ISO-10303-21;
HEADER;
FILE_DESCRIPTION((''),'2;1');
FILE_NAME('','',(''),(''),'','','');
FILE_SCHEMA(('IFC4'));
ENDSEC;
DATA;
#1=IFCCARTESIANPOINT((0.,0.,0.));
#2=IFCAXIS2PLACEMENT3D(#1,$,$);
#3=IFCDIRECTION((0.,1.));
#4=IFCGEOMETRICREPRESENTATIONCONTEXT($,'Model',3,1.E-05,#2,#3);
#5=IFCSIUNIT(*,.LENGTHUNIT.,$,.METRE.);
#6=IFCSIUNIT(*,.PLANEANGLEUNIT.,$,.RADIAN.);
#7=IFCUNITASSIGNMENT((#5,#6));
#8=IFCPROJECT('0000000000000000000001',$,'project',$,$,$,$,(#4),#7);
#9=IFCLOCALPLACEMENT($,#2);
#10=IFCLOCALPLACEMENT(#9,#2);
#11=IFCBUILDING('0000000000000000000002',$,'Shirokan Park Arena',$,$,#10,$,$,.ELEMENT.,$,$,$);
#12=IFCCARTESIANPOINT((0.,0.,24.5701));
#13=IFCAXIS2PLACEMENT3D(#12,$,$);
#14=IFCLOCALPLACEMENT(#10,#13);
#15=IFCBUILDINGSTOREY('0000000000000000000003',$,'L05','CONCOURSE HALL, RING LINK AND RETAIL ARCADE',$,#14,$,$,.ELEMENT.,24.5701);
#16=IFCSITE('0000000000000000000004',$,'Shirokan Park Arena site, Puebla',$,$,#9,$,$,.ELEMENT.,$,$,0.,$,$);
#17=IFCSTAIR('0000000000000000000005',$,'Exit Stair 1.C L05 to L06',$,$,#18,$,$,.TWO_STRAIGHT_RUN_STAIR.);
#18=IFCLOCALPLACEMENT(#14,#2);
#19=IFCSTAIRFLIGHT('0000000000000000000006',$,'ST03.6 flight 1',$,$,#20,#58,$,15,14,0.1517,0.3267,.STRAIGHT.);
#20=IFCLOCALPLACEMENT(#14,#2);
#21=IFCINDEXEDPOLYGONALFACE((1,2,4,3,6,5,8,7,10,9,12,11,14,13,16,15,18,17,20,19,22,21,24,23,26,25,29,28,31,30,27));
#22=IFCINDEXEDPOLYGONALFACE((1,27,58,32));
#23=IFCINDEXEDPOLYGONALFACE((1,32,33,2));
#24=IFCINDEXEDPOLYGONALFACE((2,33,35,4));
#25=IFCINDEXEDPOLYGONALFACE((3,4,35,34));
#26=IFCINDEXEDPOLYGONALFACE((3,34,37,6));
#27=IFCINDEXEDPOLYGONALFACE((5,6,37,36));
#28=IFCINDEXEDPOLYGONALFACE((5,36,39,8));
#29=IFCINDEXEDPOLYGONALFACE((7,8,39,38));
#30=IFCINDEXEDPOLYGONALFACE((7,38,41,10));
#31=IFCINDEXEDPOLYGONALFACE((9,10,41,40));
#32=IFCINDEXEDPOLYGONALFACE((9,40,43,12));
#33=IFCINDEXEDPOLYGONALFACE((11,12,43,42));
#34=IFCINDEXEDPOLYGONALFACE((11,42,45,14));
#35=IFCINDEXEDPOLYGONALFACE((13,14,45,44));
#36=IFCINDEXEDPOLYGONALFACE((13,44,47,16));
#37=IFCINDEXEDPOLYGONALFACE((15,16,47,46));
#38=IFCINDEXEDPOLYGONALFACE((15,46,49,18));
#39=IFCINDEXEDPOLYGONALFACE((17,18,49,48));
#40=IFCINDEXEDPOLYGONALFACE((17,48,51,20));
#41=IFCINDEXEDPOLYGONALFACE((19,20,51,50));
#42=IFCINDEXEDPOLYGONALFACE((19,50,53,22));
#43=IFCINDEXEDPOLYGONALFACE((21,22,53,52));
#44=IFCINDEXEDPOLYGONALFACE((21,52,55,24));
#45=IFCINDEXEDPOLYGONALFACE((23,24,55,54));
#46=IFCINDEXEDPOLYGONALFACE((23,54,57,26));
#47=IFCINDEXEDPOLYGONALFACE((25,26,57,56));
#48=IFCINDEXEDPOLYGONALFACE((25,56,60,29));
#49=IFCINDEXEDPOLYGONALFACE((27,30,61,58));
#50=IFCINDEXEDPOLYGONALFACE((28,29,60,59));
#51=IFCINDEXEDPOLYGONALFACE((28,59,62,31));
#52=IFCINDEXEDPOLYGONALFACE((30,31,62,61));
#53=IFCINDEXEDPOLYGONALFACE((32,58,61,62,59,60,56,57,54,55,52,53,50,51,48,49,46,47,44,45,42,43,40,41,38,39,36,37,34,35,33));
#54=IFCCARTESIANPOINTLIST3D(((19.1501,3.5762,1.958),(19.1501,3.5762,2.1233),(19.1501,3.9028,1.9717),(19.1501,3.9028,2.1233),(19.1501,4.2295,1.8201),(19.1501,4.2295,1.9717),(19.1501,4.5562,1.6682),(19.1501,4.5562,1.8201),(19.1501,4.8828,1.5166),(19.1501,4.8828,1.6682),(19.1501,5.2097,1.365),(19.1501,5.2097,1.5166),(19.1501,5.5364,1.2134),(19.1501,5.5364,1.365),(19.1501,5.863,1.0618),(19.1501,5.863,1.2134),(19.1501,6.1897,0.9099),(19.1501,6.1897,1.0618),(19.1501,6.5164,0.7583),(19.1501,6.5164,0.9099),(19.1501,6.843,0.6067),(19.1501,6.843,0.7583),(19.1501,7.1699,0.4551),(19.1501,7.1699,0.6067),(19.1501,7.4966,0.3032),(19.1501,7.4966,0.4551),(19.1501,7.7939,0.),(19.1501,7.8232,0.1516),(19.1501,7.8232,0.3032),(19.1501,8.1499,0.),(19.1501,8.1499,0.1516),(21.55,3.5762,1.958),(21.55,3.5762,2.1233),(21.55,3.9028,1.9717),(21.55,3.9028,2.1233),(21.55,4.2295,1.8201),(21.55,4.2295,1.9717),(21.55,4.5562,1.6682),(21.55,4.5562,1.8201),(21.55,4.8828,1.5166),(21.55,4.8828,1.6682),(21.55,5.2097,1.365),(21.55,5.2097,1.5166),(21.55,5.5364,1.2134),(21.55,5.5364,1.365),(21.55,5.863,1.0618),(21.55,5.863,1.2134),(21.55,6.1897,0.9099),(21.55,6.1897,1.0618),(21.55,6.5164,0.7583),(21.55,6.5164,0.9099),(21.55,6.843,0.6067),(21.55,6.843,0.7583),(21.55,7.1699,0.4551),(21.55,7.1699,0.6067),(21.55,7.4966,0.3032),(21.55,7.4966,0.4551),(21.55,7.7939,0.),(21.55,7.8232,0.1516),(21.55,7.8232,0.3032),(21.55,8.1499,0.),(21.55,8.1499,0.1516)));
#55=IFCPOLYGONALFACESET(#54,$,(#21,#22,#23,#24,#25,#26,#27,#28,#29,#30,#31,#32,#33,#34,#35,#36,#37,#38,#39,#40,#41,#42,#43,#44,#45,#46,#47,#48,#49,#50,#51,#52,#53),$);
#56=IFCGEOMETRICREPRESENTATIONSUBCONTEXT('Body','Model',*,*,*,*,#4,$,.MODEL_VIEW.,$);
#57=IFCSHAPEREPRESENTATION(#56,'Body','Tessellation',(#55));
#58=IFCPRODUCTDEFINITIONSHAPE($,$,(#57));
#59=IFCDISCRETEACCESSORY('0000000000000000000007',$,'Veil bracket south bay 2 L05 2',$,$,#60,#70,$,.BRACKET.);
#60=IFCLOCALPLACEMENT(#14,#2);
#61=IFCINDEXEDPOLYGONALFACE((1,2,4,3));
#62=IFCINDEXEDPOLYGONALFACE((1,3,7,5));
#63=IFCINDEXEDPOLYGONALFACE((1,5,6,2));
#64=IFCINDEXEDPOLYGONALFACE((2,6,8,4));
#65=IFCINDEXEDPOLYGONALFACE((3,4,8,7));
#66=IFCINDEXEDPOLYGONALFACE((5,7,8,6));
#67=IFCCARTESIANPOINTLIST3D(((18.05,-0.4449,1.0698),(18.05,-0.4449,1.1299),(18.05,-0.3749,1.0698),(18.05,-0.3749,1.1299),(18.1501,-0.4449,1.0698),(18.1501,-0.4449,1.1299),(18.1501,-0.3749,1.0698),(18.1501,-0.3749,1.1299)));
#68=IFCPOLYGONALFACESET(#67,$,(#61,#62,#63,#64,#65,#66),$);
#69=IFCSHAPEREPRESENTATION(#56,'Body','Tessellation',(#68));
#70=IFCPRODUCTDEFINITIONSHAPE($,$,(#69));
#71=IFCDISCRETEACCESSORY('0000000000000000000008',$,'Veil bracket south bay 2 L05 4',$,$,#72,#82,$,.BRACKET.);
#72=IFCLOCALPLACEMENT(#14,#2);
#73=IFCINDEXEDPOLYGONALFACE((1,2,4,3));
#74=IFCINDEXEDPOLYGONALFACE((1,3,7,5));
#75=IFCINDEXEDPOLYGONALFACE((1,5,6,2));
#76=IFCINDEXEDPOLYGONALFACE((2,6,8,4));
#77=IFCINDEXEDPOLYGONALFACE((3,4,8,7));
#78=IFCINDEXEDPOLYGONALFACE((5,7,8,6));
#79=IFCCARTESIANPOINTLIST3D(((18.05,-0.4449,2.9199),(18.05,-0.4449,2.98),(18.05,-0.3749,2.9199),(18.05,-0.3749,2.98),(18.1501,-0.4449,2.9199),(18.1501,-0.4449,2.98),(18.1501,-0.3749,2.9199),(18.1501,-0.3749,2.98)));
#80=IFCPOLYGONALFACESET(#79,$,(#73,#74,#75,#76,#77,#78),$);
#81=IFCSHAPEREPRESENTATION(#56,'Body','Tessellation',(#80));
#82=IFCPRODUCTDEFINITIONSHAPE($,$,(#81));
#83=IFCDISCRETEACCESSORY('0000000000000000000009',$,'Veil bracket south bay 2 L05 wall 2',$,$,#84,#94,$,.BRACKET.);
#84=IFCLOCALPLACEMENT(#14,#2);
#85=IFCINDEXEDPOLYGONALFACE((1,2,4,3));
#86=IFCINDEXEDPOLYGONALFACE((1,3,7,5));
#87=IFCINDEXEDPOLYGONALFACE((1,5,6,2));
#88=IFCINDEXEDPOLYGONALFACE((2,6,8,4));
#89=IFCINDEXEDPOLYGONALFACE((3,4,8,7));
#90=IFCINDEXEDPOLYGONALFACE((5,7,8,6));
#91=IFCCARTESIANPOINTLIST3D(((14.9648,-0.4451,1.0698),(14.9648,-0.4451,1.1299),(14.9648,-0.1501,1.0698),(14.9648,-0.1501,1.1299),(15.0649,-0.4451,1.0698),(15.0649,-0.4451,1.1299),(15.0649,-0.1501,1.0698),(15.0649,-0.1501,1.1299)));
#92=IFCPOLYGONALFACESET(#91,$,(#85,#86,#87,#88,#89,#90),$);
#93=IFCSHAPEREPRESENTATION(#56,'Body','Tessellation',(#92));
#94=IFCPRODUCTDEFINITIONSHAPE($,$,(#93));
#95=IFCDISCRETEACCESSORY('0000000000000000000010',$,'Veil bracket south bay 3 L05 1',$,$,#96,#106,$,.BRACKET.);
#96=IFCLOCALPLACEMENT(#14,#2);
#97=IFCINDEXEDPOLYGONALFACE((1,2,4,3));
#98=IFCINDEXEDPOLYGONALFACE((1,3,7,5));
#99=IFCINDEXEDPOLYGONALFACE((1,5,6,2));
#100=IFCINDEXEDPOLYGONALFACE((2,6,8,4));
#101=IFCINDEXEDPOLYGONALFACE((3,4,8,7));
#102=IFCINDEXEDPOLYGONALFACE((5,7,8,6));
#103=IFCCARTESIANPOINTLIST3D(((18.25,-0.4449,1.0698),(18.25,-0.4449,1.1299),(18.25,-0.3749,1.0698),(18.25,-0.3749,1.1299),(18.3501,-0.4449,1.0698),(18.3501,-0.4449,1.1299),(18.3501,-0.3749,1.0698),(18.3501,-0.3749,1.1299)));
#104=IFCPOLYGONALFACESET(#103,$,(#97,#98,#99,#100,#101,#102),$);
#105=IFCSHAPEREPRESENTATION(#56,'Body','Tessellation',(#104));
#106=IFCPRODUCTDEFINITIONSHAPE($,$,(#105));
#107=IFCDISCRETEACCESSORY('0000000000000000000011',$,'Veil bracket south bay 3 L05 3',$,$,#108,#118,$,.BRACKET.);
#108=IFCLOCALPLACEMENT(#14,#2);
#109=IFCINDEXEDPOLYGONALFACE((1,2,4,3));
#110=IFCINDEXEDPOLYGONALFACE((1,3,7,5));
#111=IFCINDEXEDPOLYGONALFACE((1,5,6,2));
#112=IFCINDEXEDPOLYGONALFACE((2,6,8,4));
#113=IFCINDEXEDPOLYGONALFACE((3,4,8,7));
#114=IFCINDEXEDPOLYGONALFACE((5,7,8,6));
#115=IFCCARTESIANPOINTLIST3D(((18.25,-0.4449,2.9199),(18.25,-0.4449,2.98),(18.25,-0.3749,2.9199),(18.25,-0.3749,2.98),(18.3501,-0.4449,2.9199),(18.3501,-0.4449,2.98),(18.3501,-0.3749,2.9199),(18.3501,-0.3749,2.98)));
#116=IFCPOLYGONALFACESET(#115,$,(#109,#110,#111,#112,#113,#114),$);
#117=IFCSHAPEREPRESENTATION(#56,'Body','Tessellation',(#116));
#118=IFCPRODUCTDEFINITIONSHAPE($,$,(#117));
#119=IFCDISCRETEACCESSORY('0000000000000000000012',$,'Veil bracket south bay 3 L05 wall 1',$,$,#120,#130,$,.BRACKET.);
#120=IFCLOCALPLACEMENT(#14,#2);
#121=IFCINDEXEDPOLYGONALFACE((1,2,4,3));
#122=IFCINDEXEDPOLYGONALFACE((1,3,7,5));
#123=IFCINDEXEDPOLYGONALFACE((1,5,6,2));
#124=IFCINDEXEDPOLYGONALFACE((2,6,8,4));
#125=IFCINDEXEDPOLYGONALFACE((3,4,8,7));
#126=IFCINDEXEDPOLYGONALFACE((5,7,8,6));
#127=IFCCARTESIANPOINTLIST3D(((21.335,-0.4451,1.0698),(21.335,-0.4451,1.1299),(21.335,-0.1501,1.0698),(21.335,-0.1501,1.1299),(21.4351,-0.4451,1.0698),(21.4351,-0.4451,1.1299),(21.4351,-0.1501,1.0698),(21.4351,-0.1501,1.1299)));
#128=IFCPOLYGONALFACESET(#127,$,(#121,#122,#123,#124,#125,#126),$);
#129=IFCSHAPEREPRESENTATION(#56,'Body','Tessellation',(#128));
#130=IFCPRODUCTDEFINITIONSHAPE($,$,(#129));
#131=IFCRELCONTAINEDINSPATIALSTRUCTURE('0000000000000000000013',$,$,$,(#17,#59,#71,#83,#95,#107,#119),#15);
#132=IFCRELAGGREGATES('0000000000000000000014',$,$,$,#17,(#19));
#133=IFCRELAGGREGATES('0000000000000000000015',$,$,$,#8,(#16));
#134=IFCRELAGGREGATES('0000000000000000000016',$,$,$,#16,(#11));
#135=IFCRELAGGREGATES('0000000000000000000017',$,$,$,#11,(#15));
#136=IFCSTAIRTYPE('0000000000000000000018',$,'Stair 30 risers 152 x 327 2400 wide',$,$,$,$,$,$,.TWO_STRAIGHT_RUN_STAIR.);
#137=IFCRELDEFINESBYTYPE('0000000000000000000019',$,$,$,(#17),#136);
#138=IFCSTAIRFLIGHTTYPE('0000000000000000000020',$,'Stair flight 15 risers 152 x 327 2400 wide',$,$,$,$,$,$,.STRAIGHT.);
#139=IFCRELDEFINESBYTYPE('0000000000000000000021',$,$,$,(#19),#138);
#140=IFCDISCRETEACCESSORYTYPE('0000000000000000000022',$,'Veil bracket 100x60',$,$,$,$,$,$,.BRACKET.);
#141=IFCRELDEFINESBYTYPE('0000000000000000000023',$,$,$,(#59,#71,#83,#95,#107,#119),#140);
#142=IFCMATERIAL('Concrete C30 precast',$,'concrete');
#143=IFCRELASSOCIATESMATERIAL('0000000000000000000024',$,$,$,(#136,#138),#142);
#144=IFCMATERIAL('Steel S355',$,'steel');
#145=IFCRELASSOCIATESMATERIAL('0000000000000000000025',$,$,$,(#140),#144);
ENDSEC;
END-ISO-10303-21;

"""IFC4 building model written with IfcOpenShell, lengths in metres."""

from ifc_helpers import new_model, si_unit, direction, frame, origin, origin_2d, place, context, subcontext, project, spatial, polyline, rectangle, outline, extrude, material, type_object, element, aggregate, save


model = new_model("IFC4")

# Units and contexts
model_context = context("Model", 3, precision=1e-05, world=origin(), true_north=direction((0.0, 1.0)))
body_context = subcontext(model_context, "Body", "Model", "MODEL_VIEW")
ifc_project = project(units=[si_unit("LENGTHUNIT", "METRE"), si_unit("PLANEANGLEUNIT", "RADIAN")], contexts=[model_context])

# Site, building, storey
site_placement = place(None, origin())
site = spatial("IfcSite", under=ifc_project, at=site_placement, Name="Shirokan Park Arena site, Puebla", CompositionType="ELEMENT", RefElevation=0.0)
building_placement = place(site_placement, origin())
building = spatial("IfcBuilding", under=site, at=building_placement, Name="Shirokan Park Arena", CompositionType="ELEMENT")
storey_placement = place(building_placement, frame((0.0, 0.0, 24.5701)))
storey = spatial("IfcBuildingStorey", under=building, at=storey_placement, Name="L05", Description="CONCOURSE HALL, RING LINK AND RETAIL ARCADE", CompositionType="ELEMENT", Elevation=24.5701)

# Stair, stair flight
ifc_material_1 = material(Name="Concrete C30 precast", Category="concrete")
stair_type = type_object("IfcStairType", Name="Stair 30 risers 152 x 327 2400 wide", PredefinedType="TWO_STRAIGHT_RUN_STAIR", material=ifc_material_1)
stair_flight_type = type_object("IfcStairFlightType", Name="Stair flight 15 risers 152 x 327 2400 wide", PredefinedType="STRAIGHT", material=ifc_material_1)
stair_1_placement = place(storey_placement, origin())
stair_1 = element("IfcStair", 1, at=stair_1_placement, inside=storey, type_object=stair_type, Name="Exit Stair 1.C L05 to L06", PredefinedType="TWO_STRAIGHT_RUN_STAIR")
stair_flight_1_placement = place(storey_placement, frame((20.3501, 8.1499, 0.0), z_axis=(0.0, 0.0, 1.0), x_axis=(0.0, -1.0, 0.0)))
stair_flight_1 = element("IfcStairFlight", 2, at=stair_flight_1_placement, type_object=stair_flight_type, Name="ST03.6 flight 1", NumberOfRisers=15, NumberOfTreads=14, PredefinedType="STRAIGHT", RiserHeight=0.1517, TreadLength=0.3267, context=body_context, shape_type="SweptSolid", body=[
    extrude(outline(polyline([(0.0, 0.0), (0.0, 0.1516), (0.3267, 0.1516), (0.3267, 0.3032), (0.6533, 0.3032), (0.6533, 0.4551), (0.98, 0.4551), (0.98, 0.6067), (1.3069, 0.6067), (1.3069, 0.7583), (1.6335, 0.7583), (1.6335, 0.9099), (1.9602, 0.9099), (1.9602, 1.0618), (2.2869, 1.0618), (2.2869, 1.2134), (2.6135, 1.2134), (2.6135, 1.365), (2.9402, 1.365), (2.9402, 1.5166), (3.2671, 1.5166), (3.2671, 1.6682), (3.5938, 1.6682), (3.5938, 1.8201), (3.9204, 1.8201), (3.9204, 1.9717), (4.2471, 1.9717), (4.2471, 2.1233), (4.5737, 2.1233), (4.5737, 2.2749), (4.5737, 1.958), (0.356, 0.0), (0.0, 0.0)])), frame((0.0, 1.2, 0.0), z_axis=(0.0, -1.0, 0.0), x_axis=(1.0, 0.0, 0.0)), (0.0, 0.0, 1.0), 2.3999),
])
aggregate(stair_1, [stair_flight_1])

# Discrete accessories
ifc_material_2 = material(Name="Steel S355", Category="steel")
discrete_accessory_type = type_object("IfcDiscreteAccessoryType", Name="Veil bracket 100x60", PredefinedType="BRACKET", material=ifc_material_2)
for number, where, z_axis, x_axis, name in (
    (3, (18.1001, -0.4099, 1.0698), (0.0, 0.0, 1.0), (1.0, 0.0, 0.0), "Veil bracket south bay 2 L05 2"),
    (4, (18.1001, -0.4099, 2.9199), (0.0, 0.0, 1.0), (1.0, 0.0, 0.0), "Veil bracket south bay 2 L05 4"),
):
    element("IfcDiscreteAccessory", number, at=place(storey_placement, frame(where, z_axis=z_axis, x_axis=x_axis)), inside=storey, type_object=discrete_accessory_type, Name=name, PredefinedType="BRACKET", context=body_context, shape_type="SweptSolid", body=[
        extrude(rectangle(XDim=0.1001, YDim=0.0701, at=origin_2d()), origin(), (0.0, 0.0, 1.0), 0.0601),
    ])
discrete_accessory_1_placement = place(storey_placement, frame((15.0149, -0.2976, 1.0698), z_axis=(0.0, 0.0, 1.0), x_axis=(1.0, 0.0, 0.0)))
element("IfcDiscreteAccessory", 5, at=discrete_accessory_1_placement, inside=storey, type_object=discrete_accessory_type, Name="Veil bracket south bay 2 L05 wall 2", PredefinedType="BRACKET", context=body_context, shape_type="SweptSolid", body=[
    extrude(rectangle(XDim=0.1001, YDim=0.2949, at=origin_2d()), origin(), (0.0, 0.0, 1.0), 0.0601),
])
for number, where, z_axis, x_axis, name in (
    (6, (18.3, -0.4099, 1.0698), (0.0, 0.0, 1.0), (1.0, 0.0, 0.0), "Veil bracket south bay 3 L05 1"),
    (7, (18.3, -0.4099, 2.9199), (0.0, 0.0, 1.0), (1.0, 0.0, 0.0), "Veil bracket south bay 3 L05 3"),
):
    element("IfcDiscreteAccessory", number, at=place(storey_placement, frame(where, z_axis=z_axis, x_axis=x_axis)), inside=storey, type_object=discrete_accessory_type, Name=name, PredefinedType="BRACKET", context=body_context, shape_type="SweptSolid", body=[
        extrude(rectangle(XDim=0.1001, YDim=0.0701, at=origin_2d()), origin(), (0.0, 0.0, 1.0), 0.0601),
    ])
discrete_accessory_2_placement = place(storey_placement, frame((21.385, -0.2976, 1.0698), z_axis=(0.0, 0.0, 1.0), x_axis=(1.0, 0.0, 0.0)))
element("IfcDiscreteAccessory", 8, at=discrete_accessory_2_placement, inside=storey, type_object=discrete_accessory_type, Name="Veil bracket south bay 3 L05 wall 1", PredefinedType="BRACKET", context=body_context, shape_type="SweptSolid", body=[
    extrude(rectangle(XDim=0.1001, YDim=0.2949, at=origin_2d()), origin(), (0.0, 0.0, 1.0), 0.0601),
])

save(model, "model.ifc")
